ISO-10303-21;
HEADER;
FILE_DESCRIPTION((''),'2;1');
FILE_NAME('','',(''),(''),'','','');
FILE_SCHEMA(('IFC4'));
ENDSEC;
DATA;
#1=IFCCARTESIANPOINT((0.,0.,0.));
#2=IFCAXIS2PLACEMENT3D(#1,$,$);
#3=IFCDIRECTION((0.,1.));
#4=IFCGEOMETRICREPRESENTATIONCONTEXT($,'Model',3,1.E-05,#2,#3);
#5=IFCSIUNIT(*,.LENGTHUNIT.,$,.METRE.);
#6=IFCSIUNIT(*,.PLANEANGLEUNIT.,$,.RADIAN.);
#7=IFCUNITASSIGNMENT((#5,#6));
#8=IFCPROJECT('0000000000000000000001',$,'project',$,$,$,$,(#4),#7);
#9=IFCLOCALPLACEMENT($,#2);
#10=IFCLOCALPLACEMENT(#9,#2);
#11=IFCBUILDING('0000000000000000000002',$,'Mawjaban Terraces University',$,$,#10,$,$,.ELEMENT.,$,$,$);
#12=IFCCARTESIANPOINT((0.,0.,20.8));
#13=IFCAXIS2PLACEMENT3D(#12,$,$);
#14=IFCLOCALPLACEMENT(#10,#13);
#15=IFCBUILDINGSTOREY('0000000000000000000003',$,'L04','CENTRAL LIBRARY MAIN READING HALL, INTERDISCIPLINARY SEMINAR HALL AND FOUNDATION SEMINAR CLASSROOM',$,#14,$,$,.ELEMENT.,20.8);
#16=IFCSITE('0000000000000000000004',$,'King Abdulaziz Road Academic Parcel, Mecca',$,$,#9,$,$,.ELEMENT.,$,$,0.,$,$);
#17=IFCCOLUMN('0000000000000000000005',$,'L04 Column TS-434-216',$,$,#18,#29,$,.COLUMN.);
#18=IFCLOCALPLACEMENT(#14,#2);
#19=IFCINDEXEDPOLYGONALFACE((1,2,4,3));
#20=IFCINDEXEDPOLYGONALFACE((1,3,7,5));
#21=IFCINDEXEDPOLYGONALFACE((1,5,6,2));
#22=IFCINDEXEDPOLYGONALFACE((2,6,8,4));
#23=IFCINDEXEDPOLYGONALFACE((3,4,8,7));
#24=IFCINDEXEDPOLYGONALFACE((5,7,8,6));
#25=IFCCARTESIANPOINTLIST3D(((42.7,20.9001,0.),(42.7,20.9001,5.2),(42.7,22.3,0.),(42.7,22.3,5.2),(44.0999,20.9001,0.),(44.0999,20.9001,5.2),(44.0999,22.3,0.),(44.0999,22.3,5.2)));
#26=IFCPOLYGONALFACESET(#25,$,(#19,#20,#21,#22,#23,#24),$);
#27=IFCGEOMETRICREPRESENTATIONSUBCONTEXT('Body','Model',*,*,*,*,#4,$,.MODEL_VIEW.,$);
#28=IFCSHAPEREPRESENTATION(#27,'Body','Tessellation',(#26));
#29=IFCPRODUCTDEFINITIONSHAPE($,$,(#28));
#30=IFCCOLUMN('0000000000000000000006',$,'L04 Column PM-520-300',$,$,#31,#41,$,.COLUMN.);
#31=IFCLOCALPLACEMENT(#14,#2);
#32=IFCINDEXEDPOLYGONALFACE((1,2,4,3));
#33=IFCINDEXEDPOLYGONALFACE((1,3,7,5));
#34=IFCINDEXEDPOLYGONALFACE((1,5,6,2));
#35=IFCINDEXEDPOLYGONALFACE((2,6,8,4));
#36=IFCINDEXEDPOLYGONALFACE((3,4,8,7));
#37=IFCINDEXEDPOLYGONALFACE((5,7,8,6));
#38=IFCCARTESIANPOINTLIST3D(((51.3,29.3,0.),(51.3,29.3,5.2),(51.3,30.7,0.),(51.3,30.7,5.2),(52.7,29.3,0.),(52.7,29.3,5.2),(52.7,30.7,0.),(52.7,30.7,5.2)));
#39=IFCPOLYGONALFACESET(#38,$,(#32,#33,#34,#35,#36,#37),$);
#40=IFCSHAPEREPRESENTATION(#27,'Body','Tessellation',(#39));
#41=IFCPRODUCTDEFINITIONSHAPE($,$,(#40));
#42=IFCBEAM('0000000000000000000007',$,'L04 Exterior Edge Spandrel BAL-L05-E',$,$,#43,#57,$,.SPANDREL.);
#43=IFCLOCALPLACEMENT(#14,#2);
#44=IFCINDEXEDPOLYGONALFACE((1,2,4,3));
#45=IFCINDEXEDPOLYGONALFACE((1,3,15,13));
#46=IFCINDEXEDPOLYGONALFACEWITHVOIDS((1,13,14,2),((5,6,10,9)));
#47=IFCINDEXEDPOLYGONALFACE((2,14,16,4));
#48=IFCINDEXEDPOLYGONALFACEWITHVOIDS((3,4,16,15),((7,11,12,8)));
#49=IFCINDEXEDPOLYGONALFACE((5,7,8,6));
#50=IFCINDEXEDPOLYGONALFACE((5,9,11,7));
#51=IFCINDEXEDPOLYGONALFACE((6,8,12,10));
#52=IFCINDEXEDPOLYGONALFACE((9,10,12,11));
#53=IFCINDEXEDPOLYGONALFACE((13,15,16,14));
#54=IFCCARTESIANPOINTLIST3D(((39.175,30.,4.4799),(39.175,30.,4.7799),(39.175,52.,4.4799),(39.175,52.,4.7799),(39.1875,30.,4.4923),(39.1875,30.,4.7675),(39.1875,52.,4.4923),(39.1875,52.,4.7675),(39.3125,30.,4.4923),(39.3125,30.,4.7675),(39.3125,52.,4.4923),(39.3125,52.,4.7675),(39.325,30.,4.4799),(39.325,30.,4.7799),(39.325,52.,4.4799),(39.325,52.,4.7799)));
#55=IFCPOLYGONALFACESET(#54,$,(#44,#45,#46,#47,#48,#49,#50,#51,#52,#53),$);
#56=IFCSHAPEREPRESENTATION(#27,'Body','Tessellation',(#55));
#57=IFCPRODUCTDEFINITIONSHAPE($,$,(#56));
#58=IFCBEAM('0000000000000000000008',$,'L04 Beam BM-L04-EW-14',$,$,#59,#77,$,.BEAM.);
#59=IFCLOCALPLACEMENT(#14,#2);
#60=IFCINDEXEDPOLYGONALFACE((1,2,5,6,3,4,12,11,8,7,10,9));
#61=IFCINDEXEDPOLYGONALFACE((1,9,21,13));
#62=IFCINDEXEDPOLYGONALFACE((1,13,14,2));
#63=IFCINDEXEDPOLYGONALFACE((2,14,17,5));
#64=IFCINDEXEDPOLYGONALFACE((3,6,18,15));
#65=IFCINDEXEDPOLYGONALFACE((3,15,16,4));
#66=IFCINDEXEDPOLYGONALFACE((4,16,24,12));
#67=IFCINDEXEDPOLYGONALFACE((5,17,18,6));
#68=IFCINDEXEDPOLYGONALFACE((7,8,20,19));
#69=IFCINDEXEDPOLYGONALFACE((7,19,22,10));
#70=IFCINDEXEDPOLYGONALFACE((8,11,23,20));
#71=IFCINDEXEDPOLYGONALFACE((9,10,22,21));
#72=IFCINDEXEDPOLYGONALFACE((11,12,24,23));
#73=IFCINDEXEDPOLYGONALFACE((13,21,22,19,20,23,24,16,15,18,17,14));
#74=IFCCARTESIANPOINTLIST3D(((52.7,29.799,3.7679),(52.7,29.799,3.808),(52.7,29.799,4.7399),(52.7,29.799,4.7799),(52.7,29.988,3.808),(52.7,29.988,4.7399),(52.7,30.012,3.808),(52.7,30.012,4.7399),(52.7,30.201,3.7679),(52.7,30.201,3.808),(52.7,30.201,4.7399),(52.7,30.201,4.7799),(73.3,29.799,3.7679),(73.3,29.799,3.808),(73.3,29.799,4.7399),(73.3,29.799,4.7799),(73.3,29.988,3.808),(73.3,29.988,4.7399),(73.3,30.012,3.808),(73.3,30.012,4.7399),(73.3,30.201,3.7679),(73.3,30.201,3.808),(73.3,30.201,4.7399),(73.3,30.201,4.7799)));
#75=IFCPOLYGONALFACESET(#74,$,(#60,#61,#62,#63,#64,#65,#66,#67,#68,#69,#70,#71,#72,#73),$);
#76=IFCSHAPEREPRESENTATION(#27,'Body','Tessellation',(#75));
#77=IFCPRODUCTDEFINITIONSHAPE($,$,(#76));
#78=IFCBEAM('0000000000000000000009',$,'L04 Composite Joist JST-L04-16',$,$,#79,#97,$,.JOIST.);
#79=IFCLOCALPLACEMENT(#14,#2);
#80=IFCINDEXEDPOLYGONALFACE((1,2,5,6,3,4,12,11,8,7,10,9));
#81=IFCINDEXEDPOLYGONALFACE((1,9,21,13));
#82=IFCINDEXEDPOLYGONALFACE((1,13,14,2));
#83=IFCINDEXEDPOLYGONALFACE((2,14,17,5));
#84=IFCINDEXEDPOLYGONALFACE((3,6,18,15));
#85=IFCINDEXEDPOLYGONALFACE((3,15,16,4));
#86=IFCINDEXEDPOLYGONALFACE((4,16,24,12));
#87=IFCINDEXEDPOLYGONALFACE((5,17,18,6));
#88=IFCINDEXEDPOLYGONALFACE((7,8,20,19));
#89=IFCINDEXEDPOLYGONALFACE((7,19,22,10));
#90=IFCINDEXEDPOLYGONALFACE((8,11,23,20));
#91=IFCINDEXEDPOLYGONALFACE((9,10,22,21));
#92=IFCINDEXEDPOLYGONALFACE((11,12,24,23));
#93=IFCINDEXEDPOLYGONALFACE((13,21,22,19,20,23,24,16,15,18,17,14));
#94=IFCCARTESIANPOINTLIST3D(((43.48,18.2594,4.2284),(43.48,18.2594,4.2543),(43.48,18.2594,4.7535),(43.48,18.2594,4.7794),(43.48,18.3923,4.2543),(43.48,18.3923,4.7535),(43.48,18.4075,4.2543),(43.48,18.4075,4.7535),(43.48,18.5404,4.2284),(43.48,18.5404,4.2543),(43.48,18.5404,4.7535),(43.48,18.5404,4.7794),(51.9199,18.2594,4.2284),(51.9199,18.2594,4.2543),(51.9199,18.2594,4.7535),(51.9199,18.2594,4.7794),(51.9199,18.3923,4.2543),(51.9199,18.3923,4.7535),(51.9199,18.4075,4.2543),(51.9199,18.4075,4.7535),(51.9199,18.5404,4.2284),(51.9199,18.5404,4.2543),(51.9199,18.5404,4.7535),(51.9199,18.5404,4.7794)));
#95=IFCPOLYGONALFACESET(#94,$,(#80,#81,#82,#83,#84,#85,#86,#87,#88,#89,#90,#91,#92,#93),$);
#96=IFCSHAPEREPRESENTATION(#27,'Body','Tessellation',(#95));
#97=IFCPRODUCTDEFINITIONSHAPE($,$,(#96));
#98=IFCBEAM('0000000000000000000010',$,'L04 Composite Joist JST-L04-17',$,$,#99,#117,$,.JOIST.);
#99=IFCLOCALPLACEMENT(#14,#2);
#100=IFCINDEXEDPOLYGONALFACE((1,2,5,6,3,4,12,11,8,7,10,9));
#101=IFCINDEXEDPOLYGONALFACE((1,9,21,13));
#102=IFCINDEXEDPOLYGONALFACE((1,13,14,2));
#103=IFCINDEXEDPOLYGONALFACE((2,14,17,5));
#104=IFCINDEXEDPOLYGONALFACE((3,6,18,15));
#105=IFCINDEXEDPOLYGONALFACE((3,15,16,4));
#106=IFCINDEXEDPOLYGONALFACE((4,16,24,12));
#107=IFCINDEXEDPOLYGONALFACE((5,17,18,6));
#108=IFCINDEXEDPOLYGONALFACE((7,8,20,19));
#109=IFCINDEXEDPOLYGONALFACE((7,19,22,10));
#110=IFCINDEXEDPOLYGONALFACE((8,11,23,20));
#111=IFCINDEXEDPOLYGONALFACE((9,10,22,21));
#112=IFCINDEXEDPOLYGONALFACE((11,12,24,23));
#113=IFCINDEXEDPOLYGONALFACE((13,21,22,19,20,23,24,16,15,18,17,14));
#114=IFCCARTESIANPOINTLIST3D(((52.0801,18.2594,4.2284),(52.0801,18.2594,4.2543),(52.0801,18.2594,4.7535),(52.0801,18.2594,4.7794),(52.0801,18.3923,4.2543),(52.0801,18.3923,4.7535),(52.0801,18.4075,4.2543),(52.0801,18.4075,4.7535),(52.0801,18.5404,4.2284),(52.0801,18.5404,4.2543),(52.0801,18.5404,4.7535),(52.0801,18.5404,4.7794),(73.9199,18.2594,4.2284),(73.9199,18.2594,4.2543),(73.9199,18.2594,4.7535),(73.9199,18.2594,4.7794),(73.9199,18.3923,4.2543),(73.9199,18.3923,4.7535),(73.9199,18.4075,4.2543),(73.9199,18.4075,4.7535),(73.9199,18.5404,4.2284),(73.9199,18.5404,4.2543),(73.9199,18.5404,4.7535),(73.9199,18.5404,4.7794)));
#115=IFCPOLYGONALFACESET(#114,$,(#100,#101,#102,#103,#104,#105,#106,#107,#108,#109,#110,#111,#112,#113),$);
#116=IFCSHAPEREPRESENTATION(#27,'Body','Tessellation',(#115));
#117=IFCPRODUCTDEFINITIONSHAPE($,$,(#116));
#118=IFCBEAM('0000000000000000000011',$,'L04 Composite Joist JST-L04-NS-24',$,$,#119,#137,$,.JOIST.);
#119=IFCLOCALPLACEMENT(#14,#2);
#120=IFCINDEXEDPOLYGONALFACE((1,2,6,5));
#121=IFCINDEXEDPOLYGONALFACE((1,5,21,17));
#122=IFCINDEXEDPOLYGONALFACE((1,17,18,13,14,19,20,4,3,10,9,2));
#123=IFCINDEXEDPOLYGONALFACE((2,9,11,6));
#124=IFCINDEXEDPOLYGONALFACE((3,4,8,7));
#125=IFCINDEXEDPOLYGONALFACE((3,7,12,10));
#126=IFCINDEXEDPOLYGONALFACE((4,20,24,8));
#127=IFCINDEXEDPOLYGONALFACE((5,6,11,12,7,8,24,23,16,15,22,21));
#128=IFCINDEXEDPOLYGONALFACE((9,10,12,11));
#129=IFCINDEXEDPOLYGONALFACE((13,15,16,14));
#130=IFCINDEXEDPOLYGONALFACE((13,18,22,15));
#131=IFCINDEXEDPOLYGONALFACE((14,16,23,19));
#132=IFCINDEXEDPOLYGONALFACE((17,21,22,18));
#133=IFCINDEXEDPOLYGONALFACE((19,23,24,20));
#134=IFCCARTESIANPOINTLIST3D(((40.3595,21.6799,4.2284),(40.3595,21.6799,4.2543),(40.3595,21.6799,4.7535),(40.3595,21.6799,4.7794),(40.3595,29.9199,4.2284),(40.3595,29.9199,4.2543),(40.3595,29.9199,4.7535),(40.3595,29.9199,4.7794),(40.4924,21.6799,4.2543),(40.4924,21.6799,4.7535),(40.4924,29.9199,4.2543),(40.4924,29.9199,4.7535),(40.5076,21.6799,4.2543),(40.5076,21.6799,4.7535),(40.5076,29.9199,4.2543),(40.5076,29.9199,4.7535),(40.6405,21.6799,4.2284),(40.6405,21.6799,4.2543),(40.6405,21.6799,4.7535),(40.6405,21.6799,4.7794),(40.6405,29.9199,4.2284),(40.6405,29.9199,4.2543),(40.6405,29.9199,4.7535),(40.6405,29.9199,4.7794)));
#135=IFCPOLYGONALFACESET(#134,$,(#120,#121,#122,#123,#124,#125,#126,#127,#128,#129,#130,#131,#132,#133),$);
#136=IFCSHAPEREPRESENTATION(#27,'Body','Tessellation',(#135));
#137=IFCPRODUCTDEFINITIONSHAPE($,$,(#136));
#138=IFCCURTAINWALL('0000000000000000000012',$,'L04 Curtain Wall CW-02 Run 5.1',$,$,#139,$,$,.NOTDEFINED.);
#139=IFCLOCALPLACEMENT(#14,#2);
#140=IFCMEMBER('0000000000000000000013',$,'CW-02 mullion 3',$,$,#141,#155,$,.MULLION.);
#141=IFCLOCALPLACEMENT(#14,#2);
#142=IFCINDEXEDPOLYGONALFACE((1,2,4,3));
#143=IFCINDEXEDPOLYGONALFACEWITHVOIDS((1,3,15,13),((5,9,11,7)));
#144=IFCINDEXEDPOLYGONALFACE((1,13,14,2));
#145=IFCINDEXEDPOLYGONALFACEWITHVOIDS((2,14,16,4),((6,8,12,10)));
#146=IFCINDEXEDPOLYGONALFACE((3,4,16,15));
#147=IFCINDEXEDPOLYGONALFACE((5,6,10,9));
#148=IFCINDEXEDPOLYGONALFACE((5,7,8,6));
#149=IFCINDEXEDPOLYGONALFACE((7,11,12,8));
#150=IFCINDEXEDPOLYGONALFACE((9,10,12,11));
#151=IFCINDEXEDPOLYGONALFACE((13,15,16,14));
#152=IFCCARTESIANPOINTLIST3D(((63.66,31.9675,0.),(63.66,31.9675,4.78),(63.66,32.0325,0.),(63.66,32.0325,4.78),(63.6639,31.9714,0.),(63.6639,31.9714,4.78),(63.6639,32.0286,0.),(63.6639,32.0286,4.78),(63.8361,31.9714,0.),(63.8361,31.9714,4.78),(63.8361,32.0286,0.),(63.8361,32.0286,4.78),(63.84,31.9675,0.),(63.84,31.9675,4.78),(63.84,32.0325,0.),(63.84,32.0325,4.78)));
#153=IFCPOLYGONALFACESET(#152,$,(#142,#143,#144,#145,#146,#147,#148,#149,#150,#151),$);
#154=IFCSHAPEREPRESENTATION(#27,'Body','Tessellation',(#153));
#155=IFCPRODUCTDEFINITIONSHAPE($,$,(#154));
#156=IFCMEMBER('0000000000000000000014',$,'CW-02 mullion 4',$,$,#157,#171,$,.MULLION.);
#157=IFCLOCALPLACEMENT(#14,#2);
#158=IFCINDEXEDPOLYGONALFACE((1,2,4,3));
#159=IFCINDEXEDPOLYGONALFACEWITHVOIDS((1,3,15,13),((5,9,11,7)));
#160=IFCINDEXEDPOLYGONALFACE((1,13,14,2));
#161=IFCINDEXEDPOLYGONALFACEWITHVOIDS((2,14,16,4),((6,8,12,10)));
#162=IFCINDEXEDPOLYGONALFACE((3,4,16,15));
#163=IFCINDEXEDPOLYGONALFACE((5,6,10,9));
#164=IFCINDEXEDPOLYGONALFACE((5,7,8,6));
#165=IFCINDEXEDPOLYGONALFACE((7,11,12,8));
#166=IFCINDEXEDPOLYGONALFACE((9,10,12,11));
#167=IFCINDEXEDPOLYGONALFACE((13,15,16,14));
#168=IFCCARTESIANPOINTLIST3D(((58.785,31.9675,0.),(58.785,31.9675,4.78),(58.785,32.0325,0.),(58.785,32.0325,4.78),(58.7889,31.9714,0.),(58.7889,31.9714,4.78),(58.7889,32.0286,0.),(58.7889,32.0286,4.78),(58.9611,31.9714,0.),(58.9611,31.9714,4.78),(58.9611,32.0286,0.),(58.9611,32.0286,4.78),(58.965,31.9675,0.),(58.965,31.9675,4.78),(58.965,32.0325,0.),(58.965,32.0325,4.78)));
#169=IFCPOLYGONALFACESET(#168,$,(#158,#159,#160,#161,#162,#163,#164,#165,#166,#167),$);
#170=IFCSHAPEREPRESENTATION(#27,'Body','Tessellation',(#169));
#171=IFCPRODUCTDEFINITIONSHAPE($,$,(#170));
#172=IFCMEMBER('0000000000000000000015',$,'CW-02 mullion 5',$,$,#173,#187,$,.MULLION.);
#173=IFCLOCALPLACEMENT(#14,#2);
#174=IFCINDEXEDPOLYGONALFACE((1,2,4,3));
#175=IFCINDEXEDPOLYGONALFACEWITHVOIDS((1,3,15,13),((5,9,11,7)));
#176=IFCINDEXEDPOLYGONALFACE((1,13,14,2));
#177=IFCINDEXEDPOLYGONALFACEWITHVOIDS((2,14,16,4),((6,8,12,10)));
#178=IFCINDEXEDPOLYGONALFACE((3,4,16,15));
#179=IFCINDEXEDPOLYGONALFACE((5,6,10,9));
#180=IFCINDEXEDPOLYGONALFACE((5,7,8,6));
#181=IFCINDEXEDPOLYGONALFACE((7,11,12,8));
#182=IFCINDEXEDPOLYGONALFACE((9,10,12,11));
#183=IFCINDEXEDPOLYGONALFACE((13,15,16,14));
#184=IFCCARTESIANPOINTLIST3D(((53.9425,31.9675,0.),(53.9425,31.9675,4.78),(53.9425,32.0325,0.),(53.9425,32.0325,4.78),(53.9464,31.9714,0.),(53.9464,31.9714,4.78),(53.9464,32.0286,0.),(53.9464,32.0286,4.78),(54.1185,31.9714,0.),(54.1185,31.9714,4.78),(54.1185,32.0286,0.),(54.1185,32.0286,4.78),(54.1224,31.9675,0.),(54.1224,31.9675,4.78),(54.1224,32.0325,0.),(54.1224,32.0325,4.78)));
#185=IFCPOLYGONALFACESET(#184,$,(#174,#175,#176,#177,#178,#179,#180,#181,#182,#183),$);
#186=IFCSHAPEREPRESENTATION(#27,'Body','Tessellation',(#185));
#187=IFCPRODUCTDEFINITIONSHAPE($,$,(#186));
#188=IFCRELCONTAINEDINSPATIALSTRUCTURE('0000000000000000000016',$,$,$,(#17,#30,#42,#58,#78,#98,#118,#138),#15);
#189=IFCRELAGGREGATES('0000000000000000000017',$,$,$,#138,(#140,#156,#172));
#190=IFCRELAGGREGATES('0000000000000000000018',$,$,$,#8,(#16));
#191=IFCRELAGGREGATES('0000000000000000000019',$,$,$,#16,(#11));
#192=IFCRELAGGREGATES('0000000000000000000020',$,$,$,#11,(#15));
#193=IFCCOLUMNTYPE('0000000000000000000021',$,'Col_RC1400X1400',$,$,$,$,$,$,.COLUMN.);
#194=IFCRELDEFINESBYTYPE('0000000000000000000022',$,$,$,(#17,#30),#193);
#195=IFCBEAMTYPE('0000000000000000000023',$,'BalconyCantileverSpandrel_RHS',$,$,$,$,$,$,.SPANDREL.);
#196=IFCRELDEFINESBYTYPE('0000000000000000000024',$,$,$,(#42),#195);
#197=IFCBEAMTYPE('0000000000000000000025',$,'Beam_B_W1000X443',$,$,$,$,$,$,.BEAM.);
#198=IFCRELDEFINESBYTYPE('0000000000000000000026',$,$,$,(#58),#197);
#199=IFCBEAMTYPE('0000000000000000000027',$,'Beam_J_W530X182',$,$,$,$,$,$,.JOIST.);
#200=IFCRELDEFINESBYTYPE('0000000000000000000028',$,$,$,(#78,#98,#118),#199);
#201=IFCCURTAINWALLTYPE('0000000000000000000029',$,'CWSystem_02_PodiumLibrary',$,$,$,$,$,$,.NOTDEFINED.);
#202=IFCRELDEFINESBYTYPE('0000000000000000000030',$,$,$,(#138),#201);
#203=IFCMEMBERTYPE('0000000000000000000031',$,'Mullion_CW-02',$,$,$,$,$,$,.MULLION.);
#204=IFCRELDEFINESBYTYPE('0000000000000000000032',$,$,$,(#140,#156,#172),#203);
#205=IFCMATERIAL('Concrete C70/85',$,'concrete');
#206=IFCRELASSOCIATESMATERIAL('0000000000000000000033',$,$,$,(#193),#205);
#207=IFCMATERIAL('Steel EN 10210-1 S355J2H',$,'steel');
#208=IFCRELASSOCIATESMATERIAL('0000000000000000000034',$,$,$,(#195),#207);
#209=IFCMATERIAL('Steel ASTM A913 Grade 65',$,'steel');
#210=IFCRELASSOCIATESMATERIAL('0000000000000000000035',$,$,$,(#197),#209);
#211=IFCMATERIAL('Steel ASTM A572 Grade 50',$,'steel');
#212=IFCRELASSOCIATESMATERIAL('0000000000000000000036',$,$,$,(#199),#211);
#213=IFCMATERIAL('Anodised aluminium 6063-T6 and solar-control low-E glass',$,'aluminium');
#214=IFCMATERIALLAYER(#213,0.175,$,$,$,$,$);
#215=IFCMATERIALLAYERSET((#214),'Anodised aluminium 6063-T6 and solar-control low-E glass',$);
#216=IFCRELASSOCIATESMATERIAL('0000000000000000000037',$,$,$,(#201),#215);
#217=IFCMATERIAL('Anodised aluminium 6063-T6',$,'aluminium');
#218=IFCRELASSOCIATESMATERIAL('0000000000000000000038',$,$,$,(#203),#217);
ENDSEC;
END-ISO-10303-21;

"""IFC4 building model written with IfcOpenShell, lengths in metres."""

from ifc_helpers import new_model, si_unit, direction, frame, origin, origin_2d, place, context, subcontext, project, spatial, rectangle, hollow_rectangle, i_section, extrude, material, layer, layer_set, material_profile, profile_set, type_object, element, aggregate, save


model = new_model("IFC4")

# Units and contexts
model_context = context("Model", 3, precision=1e-05, world=origin(), true_north=direction((0.0, 1.0)))
body_context = subcontext(model_context, "Body", "Model", "MODEL_VIEW")
ifc_project = project(units=[si_unit("LENGTHUNIT", "METRE"), si_unit("PLANEANGLEUNIT", "RADIAN")], contexts=[model_context])

# Site, building, storey
site_placement = place(None, origin())
site = spatial("IfcSite", under=ifc_project, at=site_placement, Name="King Abdulaziz Road Academic Parcel, Mecca", CompositionType="ELEMENT", RefElevation=0.0)
building_placement = place(site_placement, origin())
building = spatial("IfcBuilding", under=site, at=building_placement, Name="Mawjaban Terraces University", CompositionType="ELEMENT")
storey_placement = place(building_placement, frame((0.0, 0.0, 20.8)))
storey = spatial("IfcBuildingStorey", under=building, at=storey_placement, Name="L04", Description="CENTRAL LIBRARY MAIN READING HALL, INTERDISCIPLINARY SEMINAR HALL AND FOUNDATION SEMINAR CLASSROOM", CompositionType="ELEMENT", Elevation=20.8)

# Columns
ifc_material_1 = material(Name="Concrete C70/85", Category="concrete")
ifc_material_profile_1 = material_profile(ifc_material_1, rectangle(XDim=1.3999, YDim=1.3999, at=origin_2d()), Name="RC1400X1400")
ifc_profile_set_1 = profile_set([ifc_material_profile_1], Name="Concrete C70/85")
column_type = type_object("IfcColumnType", Name="Col_RC1400X1400", PredefinedType="COLUMN", material=ifc_profile_set_1)
for number, where, z_axis, x_axis, name in (
    (1, (43.3999, 21.6001, 0.0), (0.0, 0.0, 1.0), (1.0, 0.0, 0.0), "L04 Column TS-434-216"),
    (2, (52.0, 30.0, 0.0), (0.0, 0.0, 1.0), (1.0, 0.0, 0.0), "L04 Column PM-520-300"),
):
    element("IfcColumn", number, at=place(storey_placement, frame(where, z_axis=z_axis, x_axis=x_axis)), inside=storey, type_object=column_type, Name=name, PredefinedType="COLUMN", context=body_context, shape_type="SweptSolid", body=[
        extrude(rectangle(XDim=1.3999, YDim=1.3999, at=origin_2d()), origin(), (0.0, 0.0, 1.0), 5.2),
    ])

# Beams
ifc_material_2 = material(Name="Steel EN 10210-1 S355J2H", Category="steel")
ifc_material_profile_2 = material_profile(ifc_material_2, hollow_rectangle(XDim=0.1499, YDim=0.3, WallThickness=0.0125, at=origin_2d()), Name="RHS300X150X12.5")
ifc_profile_set_2 = profile_set([ifc_material_profile_2], Name="Steel EN 10210-1 S355J2H")
beam_type_1 = type_object("IfcBeamType", Name="BalconyCantileverSpandrel_RHS", PredefinedType="SPANDREL", material=ifc_profile_set_2)
beam_1_placement = place(storey_placement, frame((39.25, 30.0, 4.6299), z_axis=(0.0, 1.0, 0.0), x_axis=(-1.0, 0.0, 0.0)))
element("IfcBeam", 3, at=beam_1_placement, inside=storey, type_object=beam_type_1, Name="L04 Exterior Edge Spandrel BAL-L05-E", PredefinedType="SPANDREL", context=body_context, shape_type="SweptSolid", body=[
    extrude(hollow_rectangle(XDim=0.1499, YDim=0.3, WallThickness=0.0125, at=origin_2d()), origin(), (0.0, 0.0, 1.0), 22.0),
])
ifc_material_3 = material(Name="Steel ASTM A913 Grade 65", Category="steel")
ifc_material_profile_3 = material_profile(ifc_material_3, i_section(OverallWidth=0.4021, OverallDepth=1.012, WebThickness=0.0239, FlangeThickness=0.04, at=origin_2d()), Name="W1000X443")
ifc_profile_set_3 = profile_set([ifc_material_profile_3], Name="Steel ASTM A913 Grade 65")
beam_type_2 = type_object("IfcBeamType", Name="Beam_B_W1000X443", PredefinedType="BEAM", material=ifc_profile_set_3)
beam_2_placement = place(storey_placement, frame((52.7, 30.0, 4.2739), z_axis=(1.0, 0.0, 0.0), x_axis=(0.0, 1.0, 0.0)))
element("IfcBeam", 4, at=beam_2_placement, inside=storey, type_object=beam_type_2, Name="L04 Beam BM-L04-EW-14", PredefinedType="BEAM", context=body_context, shape_type="SweptSolid", body=[
    extrude(i_section(OverallWidth=0.4021, OverallDepth=1.012, WebThickness=0.0239, FlangeThickness=0.04, at=origin_2d()), origin(), (0.0, 0.0, 1.0), 20.6001),
])
ifc_material_4 = material(Name="Steel ASTM A572 Grade 50", Category="steel")
ifc_material_profile_4 = material_profile(ifc_material_4, i_section(OverallWidth=0.281, OverallDepth=0.551, WebThickness=0.0151, FlangeThickness=0.0259, at=origin_2d()), Name="W530X182")
ifc_profile_set_4 = profile_set([ifc_material_profile_4], Name="Steel ASTM A572 Grade 50")
beam_type_3 = type_object("IfcBeamType", Name="Beam_J_W530X182", PredefinedType="JOIST", material=ifc_profile_set_4)
beam_3_placement = place(storey_placement, frame((43.48, 18.3999, 4.5039), z_axis=(1.0, 0.0, 0.0), x_axis=(0.0, 1.0, 0.0)))
element("IfcBeam", 5, at=beam_3_placement, inside=storey, type_object=beam_type_3, Name="L04 Composite Joist JST-L04-16", PredefinedType="JOIST", context=body_context, shape_type="SweptSolid", body=[
    extrude(i_section(OverallWidth=0.281, OverallDepth=0.551, WebThickness=0.0151, FlangeThickness=0.0259, at=origin_2d()), origin(), (0.0, 0.0, 1.0), 8.4399),
])
beam_4_placement = place(storey_placement, frame((52.0801, 18.3999, 4.5039), z_axis=(1.0, 0.0, 0.0), x_axis=(0.0, 1.0, 0.0)))
element("IfcBeam", 6, at=beam_4_placement, inside=storey, type_object=beam_type_3, Name="L04 Composite Joist JST-L04-17", PredefinedType="JOIST", context=body_context, shape_type="SweptSolid", body=[
    extrude(i_section(OverallWidth=0.281, OverallDepth=0.551, WebThickness=0.0151, FlangeThickness=0.0259, at=origin_2d()), origin(), (0.0, 0.0, 1.0), 21.8398),
])
beam_5_placement = place(storey_placement, frame((40.5, 21.6799, 4.5039), z_axis=(0.0, 1.0, 0.0), x_axis=(-1.0, 0.0, 0.0)))
element("IfcBeam", 7, at=beam_5_placement, inside=storey, type_object=beam_type_3, Name="L04 Composite Joist JST-L04-NS-24", PredefinedType="JOIST", context=body_context, shape_type="SweptSolid", body=[
    extrude(i_section(OverallWidth=0.281, OverallDepth=0.551, WebThickness=0.0151, FlangeThickness=0.0259, at=origin_2d()), origin(), (0.0, 0.0, 1.0), 8.24),
])

# Curtain wall, members
ifc_material_5 = material(Name="Anodised aluminium 6063-T6 and solar-control low-E glass", Category="aluminium")
ifc_layer_1 = layer(ifc_material_5, 0.175)
ifc_layer_set_1 = layer_set([ifc_layer_1], Name="Anodised aluminium 6063-T6 and solar-control low-E glass")
curtain_wall_type = type_object("IfcCurtainWallType", Name="CWSystem_02_PodiumLibrary", PredefinedType="NOTDEFINED", material=ifc_layer_set_1)
curtain_wall_placement = place(storey_placement, origin())
curtain_wall = element("IfcCurtainWall", 8, at=curtain_wall_placement, inside=storey, type_object=curtain_wall_type, Name="L04 Curtain Wall CW-02 Run 5.1", PredefinedType="NOTDEFINED")
ifc_material_6 = material(Name="Anodised aluminium 6063-T6", Category="aluminium")
ifc_material_profile_5 = material_profile(ifc_material_6, hollow_rectangle(XDim=0.0649, YDim=0.1799, WallThickness=0.0039, at=origin_2d()), Name="ALU180X65X4")
ifc_profile_set_5 = profile_set([ifc_material_profile_5], Name="Anodised aluminium 6063-T6")
member_type_1 = type_object("IfcMemberType", Name="Mullion_CW-02", PredefinedType="MULLION", material=ifc_profile_set_5)
member_1_placement = place(storey_placement, frame((63.75, 32.0, 0.0), z_axis=(0.0, 0.0, 1.0), x_axis=(0.0, -1.0, 0.0)))
member_1 = element("IfcMember", 9, at=member_1_placement, type_object=member_type_1, Name="CW-02 mullion 3", PredefinedType="MULLION", context=body_context, shape_type="SweptSolid", body=[
    extrude(hollow_rectangle(XDim=0.0649, YDim=0.1799, WallThickness=0.0039, at=origin_2d()), origin(), (0.0, 0.0, 1.0), 4.78),
])
member_2_placement = place(storey_placement, frame((58.875, 32.0, 0.0), z_axis=(0.0, 0.0, 1.0), x_axis=(0.0, -1.0, 0.0)))
member_2 = element("IfcMember", 10, at=member_2_placement, type_object=member_type_1, Name="CW-02 mullion 4", PredefinedType="MULLION", context=body_context, shape_type="SweptSolid", body=[
    extrude(hollow_rectangle(XDim=0.0649, YDim=0.1799, WallThickness=0.0039, at=origin_2d()), origin(), (0.0, 0.0, 1.0), 4.78),
])
member_3_placement = place(storey_placement, frame((54.0325, 32.0, 0.0), z_axis=(0.0, 0.0, 1.0), x_axis=(0.0, -1.0, 0.0)))
member_3 = element("IfcMember", 11, at=member_3_placement, type_object=member_type_1, Name="CW-02 mullion 5", PredefinedType="MULLION", context=body_context, shape_type="SweptSolid", body=[
    extrude(hollow_rectangle(XDim=0.0649, YDim=0.1799, WallThickness=0.0039, at=origin_2d()), origin(), (0.0, 0.0, 1.0), 4.78),
])
aggregate(curtain_wall, [member_1, member_2, member_3])

save(model, "model.ifc")
